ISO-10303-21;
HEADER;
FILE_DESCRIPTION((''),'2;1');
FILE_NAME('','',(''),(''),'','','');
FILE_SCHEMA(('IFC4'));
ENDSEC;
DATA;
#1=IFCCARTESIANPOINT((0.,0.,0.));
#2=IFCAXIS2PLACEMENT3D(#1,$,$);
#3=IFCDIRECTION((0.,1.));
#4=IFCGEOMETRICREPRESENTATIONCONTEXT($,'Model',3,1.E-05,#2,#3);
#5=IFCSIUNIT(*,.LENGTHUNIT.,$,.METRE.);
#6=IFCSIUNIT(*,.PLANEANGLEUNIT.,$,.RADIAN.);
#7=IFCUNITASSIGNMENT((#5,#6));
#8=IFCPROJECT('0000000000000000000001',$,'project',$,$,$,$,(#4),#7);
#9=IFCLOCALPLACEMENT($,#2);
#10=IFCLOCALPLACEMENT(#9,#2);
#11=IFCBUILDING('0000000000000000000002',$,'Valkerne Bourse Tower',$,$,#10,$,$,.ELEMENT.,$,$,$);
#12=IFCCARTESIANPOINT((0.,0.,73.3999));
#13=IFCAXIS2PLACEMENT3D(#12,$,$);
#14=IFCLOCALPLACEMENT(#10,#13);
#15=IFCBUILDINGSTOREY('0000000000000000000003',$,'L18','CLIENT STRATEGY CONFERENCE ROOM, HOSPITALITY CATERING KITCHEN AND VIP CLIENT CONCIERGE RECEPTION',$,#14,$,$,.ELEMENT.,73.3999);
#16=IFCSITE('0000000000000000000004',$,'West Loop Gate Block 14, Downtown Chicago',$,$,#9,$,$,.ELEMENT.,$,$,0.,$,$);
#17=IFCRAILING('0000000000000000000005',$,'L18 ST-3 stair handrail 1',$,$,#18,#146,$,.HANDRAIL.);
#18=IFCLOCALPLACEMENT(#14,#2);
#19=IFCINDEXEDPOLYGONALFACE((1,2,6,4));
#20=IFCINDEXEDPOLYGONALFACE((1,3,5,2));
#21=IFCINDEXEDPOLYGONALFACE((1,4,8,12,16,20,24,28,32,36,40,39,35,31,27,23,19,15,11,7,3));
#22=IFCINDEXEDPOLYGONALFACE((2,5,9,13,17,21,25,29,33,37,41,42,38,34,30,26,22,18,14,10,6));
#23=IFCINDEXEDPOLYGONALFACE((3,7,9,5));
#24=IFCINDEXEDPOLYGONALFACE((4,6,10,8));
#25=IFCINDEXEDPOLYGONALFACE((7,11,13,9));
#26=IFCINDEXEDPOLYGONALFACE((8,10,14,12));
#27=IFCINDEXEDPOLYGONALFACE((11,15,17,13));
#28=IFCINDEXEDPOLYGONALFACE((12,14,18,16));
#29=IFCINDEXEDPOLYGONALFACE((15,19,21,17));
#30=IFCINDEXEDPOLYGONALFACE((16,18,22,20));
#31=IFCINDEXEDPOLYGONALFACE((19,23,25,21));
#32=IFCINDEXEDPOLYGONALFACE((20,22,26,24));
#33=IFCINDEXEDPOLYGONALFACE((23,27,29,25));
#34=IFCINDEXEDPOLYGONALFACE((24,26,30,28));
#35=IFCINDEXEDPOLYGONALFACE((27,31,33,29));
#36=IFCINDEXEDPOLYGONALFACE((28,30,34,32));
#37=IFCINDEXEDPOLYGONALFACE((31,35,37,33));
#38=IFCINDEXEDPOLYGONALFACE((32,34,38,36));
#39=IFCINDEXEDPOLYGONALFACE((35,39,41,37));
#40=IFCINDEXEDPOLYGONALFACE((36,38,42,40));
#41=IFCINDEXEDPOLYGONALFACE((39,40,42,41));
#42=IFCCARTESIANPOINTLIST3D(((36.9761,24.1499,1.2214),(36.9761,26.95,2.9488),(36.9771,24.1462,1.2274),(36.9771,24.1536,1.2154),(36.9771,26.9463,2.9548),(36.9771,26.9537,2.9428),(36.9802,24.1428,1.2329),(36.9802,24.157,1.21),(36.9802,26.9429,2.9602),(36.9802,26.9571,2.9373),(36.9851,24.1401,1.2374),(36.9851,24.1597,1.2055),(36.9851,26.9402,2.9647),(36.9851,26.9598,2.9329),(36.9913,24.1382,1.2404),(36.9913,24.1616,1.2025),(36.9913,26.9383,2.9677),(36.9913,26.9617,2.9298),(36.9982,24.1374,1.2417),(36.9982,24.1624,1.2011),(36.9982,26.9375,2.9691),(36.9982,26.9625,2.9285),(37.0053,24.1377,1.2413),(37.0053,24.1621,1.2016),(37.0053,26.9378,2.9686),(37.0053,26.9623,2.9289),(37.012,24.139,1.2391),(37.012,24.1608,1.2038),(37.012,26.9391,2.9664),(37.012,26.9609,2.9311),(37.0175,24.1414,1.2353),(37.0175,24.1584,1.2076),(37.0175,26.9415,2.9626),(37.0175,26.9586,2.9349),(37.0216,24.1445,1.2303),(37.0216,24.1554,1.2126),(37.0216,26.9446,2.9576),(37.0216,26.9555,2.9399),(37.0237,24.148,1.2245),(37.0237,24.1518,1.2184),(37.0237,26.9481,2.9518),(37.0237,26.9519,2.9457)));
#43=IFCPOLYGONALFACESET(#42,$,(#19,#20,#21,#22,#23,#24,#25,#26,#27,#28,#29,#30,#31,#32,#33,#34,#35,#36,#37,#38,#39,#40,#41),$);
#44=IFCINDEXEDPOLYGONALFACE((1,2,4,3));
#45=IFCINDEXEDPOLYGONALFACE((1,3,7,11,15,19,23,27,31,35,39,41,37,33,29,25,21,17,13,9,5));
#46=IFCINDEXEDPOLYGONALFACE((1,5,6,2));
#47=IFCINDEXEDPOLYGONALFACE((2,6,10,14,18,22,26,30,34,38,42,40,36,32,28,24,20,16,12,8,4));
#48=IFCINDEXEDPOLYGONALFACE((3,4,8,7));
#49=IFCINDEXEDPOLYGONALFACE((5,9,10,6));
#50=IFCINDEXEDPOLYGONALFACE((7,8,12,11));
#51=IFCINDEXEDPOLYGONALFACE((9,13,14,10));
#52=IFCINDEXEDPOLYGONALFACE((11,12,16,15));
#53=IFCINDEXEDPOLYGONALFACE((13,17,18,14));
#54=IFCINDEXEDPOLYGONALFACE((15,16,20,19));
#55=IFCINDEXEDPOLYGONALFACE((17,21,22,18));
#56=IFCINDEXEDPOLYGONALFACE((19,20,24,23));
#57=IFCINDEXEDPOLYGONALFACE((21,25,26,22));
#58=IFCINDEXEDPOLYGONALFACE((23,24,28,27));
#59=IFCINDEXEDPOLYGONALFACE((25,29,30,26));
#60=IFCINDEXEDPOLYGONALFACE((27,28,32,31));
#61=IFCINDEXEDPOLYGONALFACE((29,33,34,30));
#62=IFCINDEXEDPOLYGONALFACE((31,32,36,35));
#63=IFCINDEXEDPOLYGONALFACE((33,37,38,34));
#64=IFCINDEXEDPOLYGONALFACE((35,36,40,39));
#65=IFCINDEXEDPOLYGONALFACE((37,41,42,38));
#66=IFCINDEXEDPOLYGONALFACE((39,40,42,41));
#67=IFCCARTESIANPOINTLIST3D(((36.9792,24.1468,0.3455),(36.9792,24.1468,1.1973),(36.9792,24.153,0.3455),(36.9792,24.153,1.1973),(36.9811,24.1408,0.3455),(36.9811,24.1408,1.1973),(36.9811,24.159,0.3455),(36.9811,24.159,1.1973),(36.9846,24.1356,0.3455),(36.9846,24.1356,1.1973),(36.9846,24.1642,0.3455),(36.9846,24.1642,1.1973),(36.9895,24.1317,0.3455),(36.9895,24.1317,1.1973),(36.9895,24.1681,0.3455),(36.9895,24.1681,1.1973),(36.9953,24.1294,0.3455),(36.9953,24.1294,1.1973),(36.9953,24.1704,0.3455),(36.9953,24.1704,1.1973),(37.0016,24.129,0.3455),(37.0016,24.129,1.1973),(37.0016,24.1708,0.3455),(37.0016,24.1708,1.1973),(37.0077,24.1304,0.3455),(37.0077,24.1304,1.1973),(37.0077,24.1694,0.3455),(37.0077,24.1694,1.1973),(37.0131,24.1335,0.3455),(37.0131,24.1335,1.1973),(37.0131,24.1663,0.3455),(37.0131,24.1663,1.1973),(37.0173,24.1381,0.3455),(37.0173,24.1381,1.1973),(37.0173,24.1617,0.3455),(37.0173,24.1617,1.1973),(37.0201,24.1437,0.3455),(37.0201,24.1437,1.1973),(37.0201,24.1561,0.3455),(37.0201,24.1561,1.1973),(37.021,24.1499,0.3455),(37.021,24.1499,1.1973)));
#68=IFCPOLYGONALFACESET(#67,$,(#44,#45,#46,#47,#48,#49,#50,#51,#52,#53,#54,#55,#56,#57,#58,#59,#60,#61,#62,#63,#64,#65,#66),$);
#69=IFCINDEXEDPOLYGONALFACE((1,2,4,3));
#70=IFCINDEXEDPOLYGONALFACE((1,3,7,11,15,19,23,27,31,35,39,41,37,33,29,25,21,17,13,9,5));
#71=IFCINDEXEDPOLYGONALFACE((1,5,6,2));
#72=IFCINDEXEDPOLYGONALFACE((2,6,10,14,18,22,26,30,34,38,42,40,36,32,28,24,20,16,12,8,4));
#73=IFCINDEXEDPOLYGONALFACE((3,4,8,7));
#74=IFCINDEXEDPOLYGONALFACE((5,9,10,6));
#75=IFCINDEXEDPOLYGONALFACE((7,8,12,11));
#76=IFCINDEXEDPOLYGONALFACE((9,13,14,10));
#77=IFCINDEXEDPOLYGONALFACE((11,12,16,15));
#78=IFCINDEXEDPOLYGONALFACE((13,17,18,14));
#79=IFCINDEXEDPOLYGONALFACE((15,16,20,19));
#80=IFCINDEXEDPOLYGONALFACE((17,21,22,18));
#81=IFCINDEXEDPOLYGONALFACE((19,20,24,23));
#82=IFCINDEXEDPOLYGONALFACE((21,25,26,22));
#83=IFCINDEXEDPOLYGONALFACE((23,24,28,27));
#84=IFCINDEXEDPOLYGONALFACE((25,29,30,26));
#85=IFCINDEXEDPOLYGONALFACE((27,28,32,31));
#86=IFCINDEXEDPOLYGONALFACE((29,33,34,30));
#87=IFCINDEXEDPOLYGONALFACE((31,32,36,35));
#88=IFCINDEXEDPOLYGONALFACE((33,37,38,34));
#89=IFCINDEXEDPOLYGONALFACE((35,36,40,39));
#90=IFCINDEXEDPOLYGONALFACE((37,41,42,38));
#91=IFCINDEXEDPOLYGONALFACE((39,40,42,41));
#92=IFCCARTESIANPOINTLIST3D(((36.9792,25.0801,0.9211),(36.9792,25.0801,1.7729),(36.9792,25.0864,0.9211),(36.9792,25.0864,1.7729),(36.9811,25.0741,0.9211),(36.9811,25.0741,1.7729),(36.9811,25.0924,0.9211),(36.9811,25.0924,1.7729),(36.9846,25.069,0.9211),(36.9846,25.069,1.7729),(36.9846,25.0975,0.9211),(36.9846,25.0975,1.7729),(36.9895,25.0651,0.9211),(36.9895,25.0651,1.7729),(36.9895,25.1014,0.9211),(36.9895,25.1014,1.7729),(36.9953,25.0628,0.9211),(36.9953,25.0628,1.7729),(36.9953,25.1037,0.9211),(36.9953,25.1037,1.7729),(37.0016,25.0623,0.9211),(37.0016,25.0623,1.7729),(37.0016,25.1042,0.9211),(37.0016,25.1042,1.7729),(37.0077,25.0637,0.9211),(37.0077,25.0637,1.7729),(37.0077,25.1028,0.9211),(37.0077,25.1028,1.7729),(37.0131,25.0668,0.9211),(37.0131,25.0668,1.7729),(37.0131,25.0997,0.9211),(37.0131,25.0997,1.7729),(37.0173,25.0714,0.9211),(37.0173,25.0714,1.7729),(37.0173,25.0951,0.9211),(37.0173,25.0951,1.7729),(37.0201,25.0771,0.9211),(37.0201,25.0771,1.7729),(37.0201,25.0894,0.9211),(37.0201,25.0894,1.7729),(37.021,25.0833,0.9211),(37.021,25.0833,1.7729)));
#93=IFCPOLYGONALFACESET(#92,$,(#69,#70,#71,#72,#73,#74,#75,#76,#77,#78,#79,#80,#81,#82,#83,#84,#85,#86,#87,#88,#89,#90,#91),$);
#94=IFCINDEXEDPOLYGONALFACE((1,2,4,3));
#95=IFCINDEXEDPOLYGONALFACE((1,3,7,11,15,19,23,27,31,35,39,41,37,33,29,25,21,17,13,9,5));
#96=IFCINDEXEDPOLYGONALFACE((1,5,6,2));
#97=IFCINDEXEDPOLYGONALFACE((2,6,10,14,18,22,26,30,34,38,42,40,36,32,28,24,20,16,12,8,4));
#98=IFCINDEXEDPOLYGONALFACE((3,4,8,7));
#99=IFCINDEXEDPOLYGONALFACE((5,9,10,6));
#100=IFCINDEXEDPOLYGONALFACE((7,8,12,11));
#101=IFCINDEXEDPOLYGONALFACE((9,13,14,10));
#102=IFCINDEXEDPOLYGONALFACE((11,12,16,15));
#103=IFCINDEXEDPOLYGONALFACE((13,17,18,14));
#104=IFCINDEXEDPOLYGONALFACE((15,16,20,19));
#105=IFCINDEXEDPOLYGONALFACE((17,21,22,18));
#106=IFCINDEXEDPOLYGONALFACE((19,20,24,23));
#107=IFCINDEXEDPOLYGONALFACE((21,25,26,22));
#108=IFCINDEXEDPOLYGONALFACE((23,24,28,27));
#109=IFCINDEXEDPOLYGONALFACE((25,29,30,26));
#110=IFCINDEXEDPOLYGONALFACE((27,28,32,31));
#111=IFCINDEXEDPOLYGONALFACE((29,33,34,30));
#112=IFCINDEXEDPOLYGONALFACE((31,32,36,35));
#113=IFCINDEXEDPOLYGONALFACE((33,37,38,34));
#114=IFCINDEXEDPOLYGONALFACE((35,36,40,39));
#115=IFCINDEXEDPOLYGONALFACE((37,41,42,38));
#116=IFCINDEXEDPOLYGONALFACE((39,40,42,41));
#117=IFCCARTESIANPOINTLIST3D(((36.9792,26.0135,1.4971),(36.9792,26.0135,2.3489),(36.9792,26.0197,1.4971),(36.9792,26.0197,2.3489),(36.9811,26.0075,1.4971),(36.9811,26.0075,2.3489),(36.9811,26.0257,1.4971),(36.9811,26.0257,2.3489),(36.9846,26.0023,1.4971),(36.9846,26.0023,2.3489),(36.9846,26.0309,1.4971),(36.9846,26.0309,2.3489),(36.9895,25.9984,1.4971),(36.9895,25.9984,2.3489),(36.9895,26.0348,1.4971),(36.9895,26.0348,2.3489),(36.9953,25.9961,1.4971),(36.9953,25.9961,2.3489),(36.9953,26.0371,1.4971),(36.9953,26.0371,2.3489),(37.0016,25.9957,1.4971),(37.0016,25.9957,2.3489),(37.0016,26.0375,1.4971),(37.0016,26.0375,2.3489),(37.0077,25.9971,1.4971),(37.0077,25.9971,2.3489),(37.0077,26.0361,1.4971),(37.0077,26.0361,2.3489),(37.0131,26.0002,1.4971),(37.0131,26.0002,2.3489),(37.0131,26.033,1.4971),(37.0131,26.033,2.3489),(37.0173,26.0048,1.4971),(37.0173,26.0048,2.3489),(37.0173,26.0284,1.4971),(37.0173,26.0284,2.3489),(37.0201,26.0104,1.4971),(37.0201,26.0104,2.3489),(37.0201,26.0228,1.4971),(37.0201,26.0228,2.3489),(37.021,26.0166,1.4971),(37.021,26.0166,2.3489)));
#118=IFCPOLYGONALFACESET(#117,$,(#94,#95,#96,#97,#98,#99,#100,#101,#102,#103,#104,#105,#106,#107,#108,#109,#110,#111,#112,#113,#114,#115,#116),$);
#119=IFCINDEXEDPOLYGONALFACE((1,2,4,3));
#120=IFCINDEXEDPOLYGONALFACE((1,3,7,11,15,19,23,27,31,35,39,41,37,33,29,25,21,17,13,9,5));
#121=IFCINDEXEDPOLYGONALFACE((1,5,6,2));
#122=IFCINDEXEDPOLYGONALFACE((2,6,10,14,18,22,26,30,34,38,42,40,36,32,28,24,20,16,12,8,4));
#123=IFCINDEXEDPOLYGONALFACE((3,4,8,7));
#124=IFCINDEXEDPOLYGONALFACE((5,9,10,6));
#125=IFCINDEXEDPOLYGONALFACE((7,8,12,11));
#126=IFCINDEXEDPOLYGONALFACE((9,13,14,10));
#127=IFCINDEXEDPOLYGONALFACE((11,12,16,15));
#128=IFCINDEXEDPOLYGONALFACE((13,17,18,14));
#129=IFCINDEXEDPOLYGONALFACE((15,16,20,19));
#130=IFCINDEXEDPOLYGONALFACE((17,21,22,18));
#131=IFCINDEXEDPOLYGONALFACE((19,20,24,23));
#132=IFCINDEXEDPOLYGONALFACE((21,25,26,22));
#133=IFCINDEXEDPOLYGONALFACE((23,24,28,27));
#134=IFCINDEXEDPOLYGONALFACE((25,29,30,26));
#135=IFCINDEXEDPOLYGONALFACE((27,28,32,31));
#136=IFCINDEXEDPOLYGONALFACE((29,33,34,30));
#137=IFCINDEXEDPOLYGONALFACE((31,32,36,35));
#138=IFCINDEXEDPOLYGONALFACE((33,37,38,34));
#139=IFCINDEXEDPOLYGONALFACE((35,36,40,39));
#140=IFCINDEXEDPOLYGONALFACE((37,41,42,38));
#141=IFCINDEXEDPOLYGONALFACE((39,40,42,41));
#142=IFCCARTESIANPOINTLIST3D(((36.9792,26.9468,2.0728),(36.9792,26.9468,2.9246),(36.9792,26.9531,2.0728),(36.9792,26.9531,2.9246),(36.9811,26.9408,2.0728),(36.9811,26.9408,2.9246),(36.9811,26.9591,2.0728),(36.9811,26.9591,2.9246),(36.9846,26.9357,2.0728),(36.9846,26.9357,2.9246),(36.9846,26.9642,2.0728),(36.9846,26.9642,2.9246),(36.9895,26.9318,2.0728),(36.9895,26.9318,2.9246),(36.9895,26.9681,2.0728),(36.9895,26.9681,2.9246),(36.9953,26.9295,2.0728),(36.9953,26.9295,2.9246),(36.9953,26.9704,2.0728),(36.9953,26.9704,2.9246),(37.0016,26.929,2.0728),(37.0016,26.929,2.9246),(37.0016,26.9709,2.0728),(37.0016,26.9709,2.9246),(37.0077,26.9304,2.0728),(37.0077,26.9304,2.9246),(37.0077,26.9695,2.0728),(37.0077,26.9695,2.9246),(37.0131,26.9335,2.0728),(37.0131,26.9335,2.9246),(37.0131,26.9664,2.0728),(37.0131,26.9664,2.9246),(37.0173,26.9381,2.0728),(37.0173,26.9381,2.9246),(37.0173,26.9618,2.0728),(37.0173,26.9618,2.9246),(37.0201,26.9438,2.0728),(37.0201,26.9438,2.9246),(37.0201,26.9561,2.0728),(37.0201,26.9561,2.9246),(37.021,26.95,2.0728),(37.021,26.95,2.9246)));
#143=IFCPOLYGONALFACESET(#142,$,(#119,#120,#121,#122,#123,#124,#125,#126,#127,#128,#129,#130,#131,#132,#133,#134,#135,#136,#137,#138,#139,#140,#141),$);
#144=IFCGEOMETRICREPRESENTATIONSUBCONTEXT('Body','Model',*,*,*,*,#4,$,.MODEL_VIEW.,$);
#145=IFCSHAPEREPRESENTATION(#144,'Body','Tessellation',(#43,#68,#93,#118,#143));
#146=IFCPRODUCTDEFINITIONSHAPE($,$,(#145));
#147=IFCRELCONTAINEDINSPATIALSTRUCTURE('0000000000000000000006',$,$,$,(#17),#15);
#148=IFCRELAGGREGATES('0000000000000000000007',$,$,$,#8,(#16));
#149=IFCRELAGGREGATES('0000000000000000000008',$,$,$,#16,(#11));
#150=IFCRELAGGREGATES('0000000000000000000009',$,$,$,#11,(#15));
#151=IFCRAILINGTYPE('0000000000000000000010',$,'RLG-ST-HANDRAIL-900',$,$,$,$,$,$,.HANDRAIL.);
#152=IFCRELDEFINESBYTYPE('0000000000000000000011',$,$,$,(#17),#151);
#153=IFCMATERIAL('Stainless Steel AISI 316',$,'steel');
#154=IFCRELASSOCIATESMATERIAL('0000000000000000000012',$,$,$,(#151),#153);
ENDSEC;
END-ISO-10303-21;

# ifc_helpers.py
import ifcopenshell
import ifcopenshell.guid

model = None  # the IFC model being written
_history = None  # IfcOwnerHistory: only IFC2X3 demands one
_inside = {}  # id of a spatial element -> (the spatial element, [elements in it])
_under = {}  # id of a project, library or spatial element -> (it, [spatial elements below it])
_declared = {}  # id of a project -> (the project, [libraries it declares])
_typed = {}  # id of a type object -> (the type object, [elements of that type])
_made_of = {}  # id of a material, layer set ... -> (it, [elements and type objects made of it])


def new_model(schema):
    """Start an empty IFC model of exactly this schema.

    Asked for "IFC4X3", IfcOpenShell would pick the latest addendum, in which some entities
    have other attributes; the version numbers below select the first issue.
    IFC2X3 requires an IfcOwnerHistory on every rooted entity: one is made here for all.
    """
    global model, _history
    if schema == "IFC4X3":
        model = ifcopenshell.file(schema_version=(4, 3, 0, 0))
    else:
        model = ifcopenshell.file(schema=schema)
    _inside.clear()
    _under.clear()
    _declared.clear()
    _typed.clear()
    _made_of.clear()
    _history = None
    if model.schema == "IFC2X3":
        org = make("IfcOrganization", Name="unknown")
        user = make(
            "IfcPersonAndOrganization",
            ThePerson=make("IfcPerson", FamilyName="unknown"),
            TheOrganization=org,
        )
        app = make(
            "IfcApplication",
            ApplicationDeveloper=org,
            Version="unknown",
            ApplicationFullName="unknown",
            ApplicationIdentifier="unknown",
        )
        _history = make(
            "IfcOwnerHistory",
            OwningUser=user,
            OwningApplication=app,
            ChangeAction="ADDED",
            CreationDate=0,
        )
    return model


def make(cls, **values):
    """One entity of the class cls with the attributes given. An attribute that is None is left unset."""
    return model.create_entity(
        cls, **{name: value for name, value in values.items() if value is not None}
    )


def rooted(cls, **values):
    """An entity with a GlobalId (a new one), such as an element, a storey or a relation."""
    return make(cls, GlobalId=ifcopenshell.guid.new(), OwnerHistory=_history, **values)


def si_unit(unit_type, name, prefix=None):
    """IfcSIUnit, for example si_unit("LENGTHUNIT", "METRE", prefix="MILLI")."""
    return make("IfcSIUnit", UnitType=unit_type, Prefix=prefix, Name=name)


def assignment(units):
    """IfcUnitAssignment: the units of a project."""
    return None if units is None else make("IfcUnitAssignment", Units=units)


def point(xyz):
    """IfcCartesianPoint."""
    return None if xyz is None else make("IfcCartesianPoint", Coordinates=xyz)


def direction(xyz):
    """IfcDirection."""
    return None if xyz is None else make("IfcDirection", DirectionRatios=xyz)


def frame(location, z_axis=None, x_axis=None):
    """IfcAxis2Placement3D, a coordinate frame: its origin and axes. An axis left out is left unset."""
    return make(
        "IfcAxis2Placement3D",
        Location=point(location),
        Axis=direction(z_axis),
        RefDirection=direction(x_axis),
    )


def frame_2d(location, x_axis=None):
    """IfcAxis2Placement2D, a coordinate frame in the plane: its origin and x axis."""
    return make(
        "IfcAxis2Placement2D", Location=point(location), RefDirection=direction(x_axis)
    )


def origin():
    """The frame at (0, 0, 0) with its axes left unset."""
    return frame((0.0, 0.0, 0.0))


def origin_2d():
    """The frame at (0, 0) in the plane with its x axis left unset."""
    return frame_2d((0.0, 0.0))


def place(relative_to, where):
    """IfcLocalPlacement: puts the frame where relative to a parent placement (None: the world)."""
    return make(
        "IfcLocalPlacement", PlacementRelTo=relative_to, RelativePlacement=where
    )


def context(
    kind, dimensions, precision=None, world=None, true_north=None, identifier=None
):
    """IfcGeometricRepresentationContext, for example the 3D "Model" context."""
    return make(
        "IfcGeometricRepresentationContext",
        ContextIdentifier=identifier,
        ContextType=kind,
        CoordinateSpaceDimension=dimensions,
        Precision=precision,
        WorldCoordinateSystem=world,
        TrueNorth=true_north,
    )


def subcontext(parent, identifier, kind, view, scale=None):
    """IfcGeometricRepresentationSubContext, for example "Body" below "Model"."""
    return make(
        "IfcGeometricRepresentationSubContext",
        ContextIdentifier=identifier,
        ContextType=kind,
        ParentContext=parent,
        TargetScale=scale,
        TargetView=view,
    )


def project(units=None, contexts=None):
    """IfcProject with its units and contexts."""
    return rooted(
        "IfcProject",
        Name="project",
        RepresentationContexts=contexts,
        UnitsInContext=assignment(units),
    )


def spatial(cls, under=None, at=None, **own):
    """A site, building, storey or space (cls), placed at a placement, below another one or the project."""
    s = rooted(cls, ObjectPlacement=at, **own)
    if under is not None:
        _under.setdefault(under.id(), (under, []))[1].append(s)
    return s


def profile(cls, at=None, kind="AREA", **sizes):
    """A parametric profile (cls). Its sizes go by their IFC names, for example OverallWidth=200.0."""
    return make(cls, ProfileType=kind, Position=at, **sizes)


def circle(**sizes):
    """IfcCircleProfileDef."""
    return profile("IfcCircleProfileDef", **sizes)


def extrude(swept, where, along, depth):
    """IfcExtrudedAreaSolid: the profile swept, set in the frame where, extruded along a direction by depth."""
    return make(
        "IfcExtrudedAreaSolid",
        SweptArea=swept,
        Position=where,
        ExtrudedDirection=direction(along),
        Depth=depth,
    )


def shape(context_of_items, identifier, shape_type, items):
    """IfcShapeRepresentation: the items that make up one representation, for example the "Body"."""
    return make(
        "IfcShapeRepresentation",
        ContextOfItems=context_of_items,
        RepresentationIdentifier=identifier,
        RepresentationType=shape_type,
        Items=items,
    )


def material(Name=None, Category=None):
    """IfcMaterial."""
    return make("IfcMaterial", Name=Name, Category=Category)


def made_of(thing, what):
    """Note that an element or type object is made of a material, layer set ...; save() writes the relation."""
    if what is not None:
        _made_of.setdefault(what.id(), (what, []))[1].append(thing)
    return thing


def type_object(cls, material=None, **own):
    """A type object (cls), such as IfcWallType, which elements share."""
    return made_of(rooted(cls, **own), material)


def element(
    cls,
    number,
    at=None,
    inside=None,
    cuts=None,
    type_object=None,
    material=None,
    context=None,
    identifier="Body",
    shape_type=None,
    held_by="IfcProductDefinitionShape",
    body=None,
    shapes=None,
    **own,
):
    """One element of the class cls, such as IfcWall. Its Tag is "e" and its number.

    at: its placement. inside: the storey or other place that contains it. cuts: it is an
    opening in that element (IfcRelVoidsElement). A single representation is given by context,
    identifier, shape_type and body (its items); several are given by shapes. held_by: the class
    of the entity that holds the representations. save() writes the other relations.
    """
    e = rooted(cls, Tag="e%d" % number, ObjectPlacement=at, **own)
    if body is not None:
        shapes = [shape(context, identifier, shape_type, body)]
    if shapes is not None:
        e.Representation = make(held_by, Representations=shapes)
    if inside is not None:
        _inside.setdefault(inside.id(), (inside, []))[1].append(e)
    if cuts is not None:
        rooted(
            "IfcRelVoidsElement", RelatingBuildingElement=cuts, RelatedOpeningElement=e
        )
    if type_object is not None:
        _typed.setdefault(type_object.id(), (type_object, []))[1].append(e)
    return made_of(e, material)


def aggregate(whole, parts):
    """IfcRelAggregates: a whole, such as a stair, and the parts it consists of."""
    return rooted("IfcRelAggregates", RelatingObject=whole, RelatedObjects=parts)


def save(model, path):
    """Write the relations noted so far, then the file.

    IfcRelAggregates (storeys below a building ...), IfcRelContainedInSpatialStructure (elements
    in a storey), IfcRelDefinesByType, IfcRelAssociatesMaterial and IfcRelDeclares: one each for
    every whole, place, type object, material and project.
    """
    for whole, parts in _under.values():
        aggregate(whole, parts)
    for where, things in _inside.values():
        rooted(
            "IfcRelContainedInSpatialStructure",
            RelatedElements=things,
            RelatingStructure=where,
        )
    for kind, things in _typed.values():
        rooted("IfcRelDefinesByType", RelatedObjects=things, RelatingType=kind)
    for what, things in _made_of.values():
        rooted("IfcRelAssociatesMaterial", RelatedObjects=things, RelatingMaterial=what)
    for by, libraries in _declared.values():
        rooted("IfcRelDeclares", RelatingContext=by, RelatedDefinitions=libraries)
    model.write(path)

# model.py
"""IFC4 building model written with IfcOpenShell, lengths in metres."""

from ifc_helpers import new_model, si_unit, direction, frame, origin, origin_2d, place, context, subcontext, project, spatial, circle, extrude, material, type_object, element, save


model = new_model("IFC4")

# Units and contexts
model_context = context("Model", 3, precision=1e-05, world=origin(), true_north=direction((0.0, 1.0)))
body_context = subcontext(model_context, "Body", "Model", "MODEL_VIEW")
ifc_project = project(units=[si_unit("LENGTHUNIT", "METRE"), si_unit("PLANEANGLEUNIT", "RADIAN")], contexts=[model_context])

# Site, building, storey
site_placement = place(None, origin())
site = spatial("IfcSite", under=ifc_project, at=site_placement, Name="West Loop Gate Block 14, Downtown Chicago", CompositionType="ELEMENT", RefElevation=0.0)
building_placement = place(site_placement, origin())
building = spatial("IfcBuilding", under=site, at=building_placement, Name="Valkerne Bourse Tower", CompositionType="ELEMENT")
storey_placement = place(building_placement, frame((0.0, 0.0, 73.3999)))
storey = spatial("IfcBuildingStorey", under=building, at=storey_placement, Name="L18", Description="CLIENT STRATEGY CONFERENCE ROOM, HOSPITALITY CATERING KITCHEN AND VIP CLIENT CONCIERGE RECEPTION", CompositionType="ELEMENT", Elevation=73.3999)

# Shared definitions
ifc_material_1 = material(Name="Stainless Steel AISI 316", Category="steel")

# Railing
railing_type_1 = type_object("IfcRailingType", Name="RLG-ST-HANDRAIL-900", PredefinedType="HANDRAIL", material=ifc_material_1)
railing_1_placement = place(storey_placement, frame((37.0, 24.1499, 0.3455)))
element("IfcRailing", 1, at=railing_1_placement, inside=storey, type_object=railing_type_1, Name="L18 ST-3 stair handrail 1", PredefinedType="HANDRAIL", context=body_context, shape_type="SweptSolid", body=[
    extrude(circle(Radius=0.0239, at=origin_2d()), frame((0.0, 0.0, 0.876), z_axis=(0.0, 0.85109, 0.52502), x_axis=(-1.0, 0.0, 0.0)), (0.0, 0.0, 1.0), 3.29),
    extrude(circle(Radius=0.021, at=origin_2d()), origin(), (0.0, 0.0, 1.0), 0.8518),
    extrude(circle(Radius=0.021, at=origin_2d()), frame((0.0, 0.9333, 0.5757)), (0.0, 0.0, 1.0), 0.8518),
    extrude(circle(Radius=0.021, at=origin_2d()), frame((0.0, 1.8667, 1.1516)), (0.0, 0.0, 1.0), 0.8518),
    extrude(circle(Radius=0.021, at=origin_2d()), frame((0.0, 2.8, 1.7273)), (0.0, 0.0, 1.0), 0.8518),
])

save(model, "model.ifc")
